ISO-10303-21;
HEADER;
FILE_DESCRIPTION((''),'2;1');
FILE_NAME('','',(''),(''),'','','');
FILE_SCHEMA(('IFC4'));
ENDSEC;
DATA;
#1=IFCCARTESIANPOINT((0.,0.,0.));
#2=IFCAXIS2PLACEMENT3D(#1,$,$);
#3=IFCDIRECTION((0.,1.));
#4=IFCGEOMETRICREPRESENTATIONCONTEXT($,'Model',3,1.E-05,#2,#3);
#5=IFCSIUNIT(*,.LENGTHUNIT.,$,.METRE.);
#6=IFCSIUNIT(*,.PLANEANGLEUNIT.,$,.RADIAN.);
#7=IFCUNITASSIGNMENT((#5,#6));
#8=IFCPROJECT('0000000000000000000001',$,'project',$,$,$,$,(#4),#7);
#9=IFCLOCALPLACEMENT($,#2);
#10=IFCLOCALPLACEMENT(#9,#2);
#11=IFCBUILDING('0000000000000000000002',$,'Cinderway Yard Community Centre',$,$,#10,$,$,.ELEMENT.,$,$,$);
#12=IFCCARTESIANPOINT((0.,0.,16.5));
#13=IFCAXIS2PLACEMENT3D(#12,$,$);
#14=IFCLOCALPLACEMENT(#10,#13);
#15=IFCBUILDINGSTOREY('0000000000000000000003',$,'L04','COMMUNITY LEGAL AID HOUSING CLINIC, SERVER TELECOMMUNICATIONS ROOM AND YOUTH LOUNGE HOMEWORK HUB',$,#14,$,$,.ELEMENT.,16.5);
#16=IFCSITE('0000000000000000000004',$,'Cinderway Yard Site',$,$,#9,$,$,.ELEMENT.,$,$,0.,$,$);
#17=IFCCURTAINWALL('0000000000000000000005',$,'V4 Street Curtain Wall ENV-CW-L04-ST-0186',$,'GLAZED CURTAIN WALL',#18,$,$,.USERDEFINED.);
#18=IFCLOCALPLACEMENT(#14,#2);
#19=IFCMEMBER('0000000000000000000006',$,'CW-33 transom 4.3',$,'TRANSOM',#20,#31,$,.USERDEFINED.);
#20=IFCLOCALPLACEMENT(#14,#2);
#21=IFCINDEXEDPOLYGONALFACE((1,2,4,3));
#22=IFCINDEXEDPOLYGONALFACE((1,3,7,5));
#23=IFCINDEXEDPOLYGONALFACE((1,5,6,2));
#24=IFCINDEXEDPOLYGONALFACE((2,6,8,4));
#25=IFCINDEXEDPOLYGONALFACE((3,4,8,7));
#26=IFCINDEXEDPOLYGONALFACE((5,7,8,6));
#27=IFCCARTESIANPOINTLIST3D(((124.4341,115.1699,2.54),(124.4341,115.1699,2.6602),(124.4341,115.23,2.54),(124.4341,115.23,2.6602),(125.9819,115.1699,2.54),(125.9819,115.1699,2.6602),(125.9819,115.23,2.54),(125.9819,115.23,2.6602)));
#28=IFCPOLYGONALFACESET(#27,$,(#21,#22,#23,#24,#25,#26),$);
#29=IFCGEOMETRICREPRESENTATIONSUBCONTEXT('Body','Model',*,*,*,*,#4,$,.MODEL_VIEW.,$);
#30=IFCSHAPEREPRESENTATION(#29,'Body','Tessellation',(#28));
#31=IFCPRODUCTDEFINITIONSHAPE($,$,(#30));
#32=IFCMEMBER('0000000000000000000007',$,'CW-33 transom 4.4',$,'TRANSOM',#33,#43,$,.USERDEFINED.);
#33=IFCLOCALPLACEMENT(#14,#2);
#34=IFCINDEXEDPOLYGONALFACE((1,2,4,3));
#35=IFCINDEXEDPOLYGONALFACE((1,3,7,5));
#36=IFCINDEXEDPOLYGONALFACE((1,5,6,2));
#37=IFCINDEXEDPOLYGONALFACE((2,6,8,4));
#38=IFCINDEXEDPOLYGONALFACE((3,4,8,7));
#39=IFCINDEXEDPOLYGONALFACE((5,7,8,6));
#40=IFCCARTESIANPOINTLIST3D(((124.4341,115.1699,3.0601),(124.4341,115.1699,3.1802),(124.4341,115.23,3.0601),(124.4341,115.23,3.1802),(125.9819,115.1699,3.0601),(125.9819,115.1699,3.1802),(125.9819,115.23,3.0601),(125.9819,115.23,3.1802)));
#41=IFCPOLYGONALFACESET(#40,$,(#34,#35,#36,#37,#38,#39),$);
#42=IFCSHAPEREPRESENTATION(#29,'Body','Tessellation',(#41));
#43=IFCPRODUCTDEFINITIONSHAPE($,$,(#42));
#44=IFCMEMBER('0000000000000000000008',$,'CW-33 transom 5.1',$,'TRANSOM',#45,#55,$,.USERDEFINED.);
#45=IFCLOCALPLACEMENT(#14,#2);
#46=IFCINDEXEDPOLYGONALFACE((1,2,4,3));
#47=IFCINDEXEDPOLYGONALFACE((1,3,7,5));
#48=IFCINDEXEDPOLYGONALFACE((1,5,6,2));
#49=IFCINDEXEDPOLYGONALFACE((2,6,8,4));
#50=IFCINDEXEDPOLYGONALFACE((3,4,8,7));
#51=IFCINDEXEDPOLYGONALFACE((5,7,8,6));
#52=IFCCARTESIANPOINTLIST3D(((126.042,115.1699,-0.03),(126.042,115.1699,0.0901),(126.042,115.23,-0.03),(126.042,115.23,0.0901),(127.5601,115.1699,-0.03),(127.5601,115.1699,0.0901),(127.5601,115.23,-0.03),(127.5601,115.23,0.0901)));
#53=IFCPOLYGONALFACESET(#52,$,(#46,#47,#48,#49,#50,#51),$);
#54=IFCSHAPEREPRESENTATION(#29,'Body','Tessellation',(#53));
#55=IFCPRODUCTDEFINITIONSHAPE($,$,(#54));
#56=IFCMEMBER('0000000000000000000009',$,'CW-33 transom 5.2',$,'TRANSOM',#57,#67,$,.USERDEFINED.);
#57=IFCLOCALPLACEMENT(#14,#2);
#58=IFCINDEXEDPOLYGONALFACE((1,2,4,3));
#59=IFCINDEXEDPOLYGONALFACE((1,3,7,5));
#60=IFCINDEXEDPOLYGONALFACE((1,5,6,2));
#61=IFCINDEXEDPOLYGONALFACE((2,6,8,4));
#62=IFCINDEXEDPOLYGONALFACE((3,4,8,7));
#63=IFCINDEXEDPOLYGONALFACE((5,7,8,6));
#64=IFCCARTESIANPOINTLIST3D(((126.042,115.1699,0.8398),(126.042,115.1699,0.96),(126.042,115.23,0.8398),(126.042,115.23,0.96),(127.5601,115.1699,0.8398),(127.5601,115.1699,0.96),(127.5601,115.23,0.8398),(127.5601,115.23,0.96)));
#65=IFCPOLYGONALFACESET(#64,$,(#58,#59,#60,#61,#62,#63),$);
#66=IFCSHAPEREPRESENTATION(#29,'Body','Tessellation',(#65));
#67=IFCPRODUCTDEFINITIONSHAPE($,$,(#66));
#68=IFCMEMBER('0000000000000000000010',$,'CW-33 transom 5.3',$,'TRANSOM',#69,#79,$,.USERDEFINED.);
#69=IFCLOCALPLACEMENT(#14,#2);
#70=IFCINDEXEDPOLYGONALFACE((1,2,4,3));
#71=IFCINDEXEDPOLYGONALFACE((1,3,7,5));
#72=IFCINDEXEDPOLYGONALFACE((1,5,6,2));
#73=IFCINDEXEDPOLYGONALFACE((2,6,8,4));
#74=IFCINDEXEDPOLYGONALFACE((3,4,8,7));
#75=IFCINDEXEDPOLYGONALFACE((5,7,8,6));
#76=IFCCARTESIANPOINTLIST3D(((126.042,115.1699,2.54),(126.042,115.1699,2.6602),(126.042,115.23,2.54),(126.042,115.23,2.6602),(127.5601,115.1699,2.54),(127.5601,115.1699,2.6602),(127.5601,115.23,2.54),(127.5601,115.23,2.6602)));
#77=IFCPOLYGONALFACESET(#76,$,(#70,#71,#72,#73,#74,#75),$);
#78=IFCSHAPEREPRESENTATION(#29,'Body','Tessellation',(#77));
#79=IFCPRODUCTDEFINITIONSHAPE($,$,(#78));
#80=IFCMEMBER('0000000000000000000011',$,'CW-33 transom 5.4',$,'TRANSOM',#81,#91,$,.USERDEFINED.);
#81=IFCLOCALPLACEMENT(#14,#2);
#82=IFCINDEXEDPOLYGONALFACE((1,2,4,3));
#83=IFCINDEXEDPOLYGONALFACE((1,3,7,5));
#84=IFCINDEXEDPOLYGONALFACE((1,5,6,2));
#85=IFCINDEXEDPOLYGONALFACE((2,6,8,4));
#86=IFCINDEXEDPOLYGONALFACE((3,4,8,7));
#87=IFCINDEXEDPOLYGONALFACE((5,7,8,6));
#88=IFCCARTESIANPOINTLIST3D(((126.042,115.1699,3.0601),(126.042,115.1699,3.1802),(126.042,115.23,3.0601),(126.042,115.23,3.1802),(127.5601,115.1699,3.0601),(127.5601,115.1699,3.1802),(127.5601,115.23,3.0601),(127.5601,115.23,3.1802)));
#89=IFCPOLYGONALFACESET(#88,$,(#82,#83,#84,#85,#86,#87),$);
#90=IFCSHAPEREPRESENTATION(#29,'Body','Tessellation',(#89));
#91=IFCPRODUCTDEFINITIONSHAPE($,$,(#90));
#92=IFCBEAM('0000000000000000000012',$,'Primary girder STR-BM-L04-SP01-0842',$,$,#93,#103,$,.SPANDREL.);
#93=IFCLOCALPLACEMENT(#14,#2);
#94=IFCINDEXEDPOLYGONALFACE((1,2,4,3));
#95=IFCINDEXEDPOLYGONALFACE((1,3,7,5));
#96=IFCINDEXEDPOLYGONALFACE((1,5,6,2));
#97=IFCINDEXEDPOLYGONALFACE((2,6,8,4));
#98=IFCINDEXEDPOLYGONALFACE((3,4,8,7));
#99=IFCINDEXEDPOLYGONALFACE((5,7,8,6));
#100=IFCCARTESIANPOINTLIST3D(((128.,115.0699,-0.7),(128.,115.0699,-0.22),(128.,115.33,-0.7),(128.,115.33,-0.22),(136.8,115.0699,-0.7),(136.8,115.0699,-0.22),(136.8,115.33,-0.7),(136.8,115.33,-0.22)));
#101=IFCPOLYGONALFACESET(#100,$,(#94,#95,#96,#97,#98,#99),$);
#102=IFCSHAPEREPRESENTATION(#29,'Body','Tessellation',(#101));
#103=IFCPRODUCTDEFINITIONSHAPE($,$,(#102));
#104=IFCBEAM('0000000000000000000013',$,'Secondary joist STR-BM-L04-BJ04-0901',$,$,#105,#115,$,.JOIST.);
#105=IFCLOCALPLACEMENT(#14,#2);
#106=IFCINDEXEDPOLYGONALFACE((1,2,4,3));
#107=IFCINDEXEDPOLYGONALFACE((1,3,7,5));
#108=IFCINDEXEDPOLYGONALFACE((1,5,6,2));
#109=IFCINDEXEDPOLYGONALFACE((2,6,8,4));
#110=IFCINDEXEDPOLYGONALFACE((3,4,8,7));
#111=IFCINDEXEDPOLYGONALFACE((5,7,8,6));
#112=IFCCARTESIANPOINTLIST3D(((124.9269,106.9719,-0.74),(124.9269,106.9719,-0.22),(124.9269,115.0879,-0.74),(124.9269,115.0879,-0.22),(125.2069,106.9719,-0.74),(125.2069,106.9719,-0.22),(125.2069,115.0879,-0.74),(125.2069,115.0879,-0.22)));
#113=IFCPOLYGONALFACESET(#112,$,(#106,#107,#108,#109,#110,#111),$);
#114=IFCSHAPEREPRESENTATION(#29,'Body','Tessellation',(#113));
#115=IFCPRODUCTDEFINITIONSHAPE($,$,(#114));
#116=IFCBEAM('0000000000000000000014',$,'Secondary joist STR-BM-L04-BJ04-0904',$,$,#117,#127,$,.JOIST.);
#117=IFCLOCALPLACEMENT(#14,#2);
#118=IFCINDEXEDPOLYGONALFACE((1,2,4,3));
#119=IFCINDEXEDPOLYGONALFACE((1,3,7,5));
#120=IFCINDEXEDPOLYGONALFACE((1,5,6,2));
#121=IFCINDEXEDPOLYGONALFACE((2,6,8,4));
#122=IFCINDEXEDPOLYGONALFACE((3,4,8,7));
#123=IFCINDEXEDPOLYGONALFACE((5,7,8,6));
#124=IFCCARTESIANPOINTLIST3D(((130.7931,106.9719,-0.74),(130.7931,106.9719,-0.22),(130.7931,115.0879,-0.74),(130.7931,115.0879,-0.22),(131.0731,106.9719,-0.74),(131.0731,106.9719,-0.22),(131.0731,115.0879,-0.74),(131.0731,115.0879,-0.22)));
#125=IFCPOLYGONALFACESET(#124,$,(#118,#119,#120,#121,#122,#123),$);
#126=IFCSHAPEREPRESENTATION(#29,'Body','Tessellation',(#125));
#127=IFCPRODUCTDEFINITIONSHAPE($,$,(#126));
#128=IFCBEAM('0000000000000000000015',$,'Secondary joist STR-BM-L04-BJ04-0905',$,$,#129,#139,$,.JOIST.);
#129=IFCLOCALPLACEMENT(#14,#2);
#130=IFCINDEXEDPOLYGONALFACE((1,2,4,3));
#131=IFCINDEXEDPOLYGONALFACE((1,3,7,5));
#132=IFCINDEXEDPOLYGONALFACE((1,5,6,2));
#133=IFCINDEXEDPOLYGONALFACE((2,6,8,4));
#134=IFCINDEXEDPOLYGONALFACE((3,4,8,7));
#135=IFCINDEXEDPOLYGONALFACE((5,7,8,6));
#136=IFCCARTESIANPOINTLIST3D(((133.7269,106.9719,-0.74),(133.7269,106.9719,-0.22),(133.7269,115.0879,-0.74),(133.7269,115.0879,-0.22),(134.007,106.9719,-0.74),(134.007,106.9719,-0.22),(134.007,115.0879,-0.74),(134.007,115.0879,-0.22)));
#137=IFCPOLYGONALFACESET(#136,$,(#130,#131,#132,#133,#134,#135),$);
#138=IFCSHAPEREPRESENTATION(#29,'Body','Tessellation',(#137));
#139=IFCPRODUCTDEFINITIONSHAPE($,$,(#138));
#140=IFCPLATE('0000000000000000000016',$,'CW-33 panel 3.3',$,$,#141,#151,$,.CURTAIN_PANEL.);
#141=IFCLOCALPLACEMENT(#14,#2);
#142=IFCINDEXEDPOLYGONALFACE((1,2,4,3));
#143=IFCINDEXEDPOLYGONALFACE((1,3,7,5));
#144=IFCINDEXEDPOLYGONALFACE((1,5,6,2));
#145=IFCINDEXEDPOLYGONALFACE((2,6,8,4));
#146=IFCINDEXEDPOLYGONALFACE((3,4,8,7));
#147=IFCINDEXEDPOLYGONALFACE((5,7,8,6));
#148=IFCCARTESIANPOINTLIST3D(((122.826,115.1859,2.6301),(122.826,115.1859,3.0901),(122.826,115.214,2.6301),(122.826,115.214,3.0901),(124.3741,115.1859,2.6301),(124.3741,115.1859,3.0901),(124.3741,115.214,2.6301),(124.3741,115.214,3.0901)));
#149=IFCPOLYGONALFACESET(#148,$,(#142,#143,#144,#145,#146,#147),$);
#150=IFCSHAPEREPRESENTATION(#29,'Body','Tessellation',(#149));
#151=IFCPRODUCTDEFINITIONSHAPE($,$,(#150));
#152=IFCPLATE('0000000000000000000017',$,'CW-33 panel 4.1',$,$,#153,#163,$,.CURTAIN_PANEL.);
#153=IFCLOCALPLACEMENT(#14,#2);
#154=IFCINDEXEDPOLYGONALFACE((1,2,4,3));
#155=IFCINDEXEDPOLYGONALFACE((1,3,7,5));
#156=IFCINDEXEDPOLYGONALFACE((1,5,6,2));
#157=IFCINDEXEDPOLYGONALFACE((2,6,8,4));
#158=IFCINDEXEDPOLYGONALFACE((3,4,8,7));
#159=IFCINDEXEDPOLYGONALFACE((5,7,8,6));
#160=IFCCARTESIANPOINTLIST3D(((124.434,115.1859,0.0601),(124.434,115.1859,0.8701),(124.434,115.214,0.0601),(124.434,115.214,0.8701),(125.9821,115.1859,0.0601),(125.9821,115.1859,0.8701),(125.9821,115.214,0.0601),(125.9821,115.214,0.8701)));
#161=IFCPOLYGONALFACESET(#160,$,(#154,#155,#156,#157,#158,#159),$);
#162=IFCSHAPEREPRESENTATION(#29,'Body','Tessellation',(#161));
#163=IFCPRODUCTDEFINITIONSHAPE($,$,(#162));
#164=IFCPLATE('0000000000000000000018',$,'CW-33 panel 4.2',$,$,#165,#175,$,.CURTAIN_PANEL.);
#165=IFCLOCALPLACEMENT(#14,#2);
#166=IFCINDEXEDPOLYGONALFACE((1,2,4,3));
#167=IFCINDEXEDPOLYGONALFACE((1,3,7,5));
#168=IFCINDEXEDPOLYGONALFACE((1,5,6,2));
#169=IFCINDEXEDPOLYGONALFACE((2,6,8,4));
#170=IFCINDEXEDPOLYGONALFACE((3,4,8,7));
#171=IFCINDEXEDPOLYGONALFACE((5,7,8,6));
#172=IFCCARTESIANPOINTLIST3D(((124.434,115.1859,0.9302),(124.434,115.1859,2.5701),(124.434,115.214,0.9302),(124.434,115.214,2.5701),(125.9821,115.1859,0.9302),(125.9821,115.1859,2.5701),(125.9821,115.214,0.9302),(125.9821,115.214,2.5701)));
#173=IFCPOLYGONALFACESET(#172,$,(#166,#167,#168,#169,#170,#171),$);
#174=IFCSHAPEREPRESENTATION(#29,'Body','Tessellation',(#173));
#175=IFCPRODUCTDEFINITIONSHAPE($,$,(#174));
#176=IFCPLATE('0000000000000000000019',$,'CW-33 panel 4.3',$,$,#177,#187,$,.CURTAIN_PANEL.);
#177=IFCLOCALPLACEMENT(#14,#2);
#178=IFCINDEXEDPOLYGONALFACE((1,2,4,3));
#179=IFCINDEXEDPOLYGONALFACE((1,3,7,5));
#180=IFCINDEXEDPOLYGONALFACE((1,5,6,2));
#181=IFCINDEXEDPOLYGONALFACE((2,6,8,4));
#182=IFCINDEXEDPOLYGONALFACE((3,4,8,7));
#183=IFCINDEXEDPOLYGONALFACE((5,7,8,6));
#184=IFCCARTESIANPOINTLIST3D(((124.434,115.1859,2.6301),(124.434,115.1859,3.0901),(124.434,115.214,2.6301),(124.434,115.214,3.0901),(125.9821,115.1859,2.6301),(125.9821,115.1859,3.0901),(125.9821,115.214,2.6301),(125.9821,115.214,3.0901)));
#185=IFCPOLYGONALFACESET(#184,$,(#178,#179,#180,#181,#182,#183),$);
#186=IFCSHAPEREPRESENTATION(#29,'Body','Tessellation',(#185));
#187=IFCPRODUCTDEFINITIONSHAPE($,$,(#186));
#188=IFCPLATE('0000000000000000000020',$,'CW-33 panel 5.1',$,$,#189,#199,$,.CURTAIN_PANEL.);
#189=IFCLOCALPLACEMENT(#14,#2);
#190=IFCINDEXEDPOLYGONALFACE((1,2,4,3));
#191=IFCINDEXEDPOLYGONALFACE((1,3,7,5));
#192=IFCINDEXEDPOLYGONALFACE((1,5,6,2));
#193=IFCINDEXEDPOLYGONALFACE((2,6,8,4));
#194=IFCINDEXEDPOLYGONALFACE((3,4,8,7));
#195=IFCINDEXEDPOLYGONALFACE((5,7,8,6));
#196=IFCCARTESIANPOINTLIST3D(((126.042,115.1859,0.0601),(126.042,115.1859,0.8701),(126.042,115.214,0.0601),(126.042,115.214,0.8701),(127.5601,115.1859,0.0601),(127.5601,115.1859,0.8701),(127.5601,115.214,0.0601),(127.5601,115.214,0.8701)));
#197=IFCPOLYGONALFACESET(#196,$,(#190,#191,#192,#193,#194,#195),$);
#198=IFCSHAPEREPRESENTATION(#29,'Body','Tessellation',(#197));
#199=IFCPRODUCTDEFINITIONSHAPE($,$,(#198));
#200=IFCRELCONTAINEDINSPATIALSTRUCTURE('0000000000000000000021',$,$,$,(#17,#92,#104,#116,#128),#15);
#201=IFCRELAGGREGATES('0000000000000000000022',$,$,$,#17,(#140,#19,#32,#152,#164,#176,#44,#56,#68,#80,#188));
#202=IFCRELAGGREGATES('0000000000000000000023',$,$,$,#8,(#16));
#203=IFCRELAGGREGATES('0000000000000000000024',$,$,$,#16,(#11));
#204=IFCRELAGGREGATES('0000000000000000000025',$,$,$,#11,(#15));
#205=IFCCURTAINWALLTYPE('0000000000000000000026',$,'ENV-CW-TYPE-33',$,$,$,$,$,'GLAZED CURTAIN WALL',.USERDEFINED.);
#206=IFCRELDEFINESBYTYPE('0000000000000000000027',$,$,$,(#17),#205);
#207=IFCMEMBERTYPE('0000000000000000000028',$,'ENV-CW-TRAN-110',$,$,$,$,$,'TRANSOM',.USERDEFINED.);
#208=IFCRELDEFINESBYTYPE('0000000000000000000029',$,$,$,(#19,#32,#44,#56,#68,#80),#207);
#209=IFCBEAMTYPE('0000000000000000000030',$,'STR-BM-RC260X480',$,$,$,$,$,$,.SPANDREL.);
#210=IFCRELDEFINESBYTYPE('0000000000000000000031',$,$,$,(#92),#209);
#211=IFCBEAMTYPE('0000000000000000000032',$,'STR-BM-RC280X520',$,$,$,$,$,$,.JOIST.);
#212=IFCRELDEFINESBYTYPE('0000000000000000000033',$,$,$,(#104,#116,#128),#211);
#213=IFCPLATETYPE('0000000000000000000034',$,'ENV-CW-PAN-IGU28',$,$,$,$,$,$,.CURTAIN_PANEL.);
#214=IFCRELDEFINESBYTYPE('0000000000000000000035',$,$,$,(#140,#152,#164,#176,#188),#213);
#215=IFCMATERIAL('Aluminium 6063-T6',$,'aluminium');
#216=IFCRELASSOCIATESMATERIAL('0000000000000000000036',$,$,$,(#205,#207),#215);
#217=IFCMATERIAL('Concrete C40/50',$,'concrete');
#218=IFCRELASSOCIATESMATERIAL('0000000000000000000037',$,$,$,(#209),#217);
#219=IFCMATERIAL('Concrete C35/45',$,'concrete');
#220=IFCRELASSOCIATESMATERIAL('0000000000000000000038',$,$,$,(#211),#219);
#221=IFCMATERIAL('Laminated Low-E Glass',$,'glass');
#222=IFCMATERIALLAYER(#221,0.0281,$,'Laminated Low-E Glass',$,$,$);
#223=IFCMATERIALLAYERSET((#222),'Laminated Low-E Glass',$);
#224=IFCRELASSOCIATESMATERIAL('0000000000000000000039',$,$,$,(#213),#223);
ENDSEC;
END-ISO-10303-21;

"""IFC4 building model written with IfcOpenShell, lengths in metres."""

from ifc_helpers import new_model, si_unit, direction, frame, origin, origin_2d, place, context, subcontext, project, spatial, rectangle, extrude, material, layer, layer_set, material_profile, profile_set, type_object, element, aggregate, save


model = new_model("IFC4")

# Units and contexts
model_context = context("Model", 3, precision=1e-05, world=origin(), true_north=direction((0.0, 1.0)))
body_context = subcontext(model_context, "Body", "Model", "MODEL_VIEW")
ifc_project = project(units=[si_unit("LENGTHUNIT", "METRE"), si_unit("PLANEANGLEUNIT", "RADIAN")], contexts=[model_context])

# Site, building, storey
site_placement = place(None, origin())
site = spatial("IfcSite", under=ifc_project, at=site_placement, Name="Cinderway Yard Site", CompositionType="ELEMENT", RefElevation=0.0)
building_placement = place(site_placement, origin())
building = spatial("IfcBuilding", under=site, at=building_placement, Name="Cinderway Yard Community Centre", CompositionType="ELEMENT")
storey_placement = place(building_placement, frame((0.0, 0.0, 16.5)))
storey = spatial("IfcBuildingStorey", under=building, at=storey_placement, Name="L04", Description="COMMUNITY LEGAL AID HOUSING CLINIC, SERVER TELECOMMUNICATIONS ROOM AND YOUTH LOUNGE HOMEWORK HUB", CompositionType="ELEMENT", Elevation=16.5)

# Shared definitions
ifc_material_1 = material(Name="Concrete C40/50", Category="concrete")

# Curtain wall, members
ifc_material_2 = material(Name="Aluminium 6063-T6", Category="aluminium")
curtain_wall_type = type_object("IfcCurtainWallType", Name="ENV-CW-TYPE-33", ElementType="GLAZED CURTAIN WALL", PredefinedType="USERDEFINED", material=ifc_material_2)
curtain_wall_placement = place(storey_placement, origin())
curtain_wall = element("IfcCurtainWall", 1, at=curtain_wall_placement, inside=storey, type_object=curtain_wall_type, Name="V4 Street Curtain Wall ENV-CW-L04-ST-0186", ObjectType="GLAZED CURTAIN WALL", PredefinedType="USERDEFINED")
ifc_material_profile_1 = material_profile(ifc_material_2, rectangle(XDim=0.0601, YDim=0.1201, at=origin_2d()), Name="Aluminium 6063-T6")
ifc_profile_set_1 = profile_set([ifc_material_profile_1], Name="Aluminium 6063-T6")
member_type_1 = type_object("IfcMemberType", Name="ENV-CW-TRAN-110", ElementType="TRANSOM", PredefinedType="USERDEFINED", material=ifc_profile_set_1)
member_1_placement = place(storey_placement, frame((124.4341, 115.2, 2.6001), z_axis=(1.0, 0.0, 0.0), x_axis=(0.0, 1.0, 0.0)))
member_1 = element("IfcMember", 2, at=member_1_placement, type_object=member_type_1, Name="CW-33 transom 4.3", ObjectType="TRANSOM", PredefinedType="USERDEFINED", context=body_context, shape_type="SweptSolid", body=[
    extrude(rectangle(XDim=0.0601, YDim=0.1201, at=origin_2d()), origin(), (0.0, 0.0, 1.0), 1.5479),
])
member_2_placement = place(storey_placement, frame((124.4341, 115.2, 3.1201), z_axis=(1.0, 0.0, 0.0), x_axis=(0.0, 1.0, 0.0)))
member_2 = element("IfcMember", 3, at=member_2_placement, type_object=member_type_1, Name="CW-33 transom 4.4", ObjectType="TRANSOM", PredefinedType="USERDEFINED", context=body_context, shape_type="SweptSolid", body=[
    extrude(rectangle(XDim=0.0601, YDim=0.1201, at=origin_2d()), origin(), (0.0, 0.0, 1.0), 1.5479),
])
member_3_placement = place(storey_placement, frame((126.042, 115.2, 0.03), z_axis=(1.0, 0.0, 0.0), x_axis=(0.0, 1.0, 0.0)))
member_3 = element("IfcMember", 4, at=member_3_placement, type_object=member_type_1, Name="CW-33 transom 5.1", ObjectType="TRANSOM", PredefinedType="USERDEFINED", context=body_context, shape_type="SweptSolid", body=[
    extrude(rectangle(XDim=0.0601, YDim=0.1201, at=origin_2d()), origin(), (0.0, 0.0, 1.0), 1.5181),
])
member_4_placement = place(storey_placement, frame((126.042, 115.2, 0.8999), z_axis=(1.0, 0.0, 0.0), x_axis=(0.0, 1.0, 0.0)))
member_4 = element("IfcMember", 5, at=member_4_placement, type_object=member_type_1, Name="CW-33 transom 5.2", ObjectType="TRANSOM", PredefinedType="USERDEFINED", context=body_context, shape_type="SweptSolid", body=[
    extrude(rectangle(XDim=0.0601, YDim=0.1201, at=origin_2d()), origin(), (0.0, 0.0, 1.0), 1.5181),
])
member_5_placement = place(storey_placement, frame((126.042, 115.2, 2.6001), z_axis=(1.0, 0.0, 0.0), x_axis=(0.0, 1.0, 0.0)))
member_5 = element("IfcMember", 6, at=member_5_placement, type_object=member_type_1, Name="CW-33 transom 5.3", ObjectType="TRANSOM", PredefinedType="USERDEFINED", context=body_context, shape_type="SweptSolid", body=[
    extrude(rectangle(XDim=0.0601, YDim=0.1201, at=origin_2d()), origin(), (0.0, 0.0, 1.0), 1.5181),
])
member_6_placement = place(storey_placement, frame((126.042, 115.2, 3.1201), z_axis=(1.0, 0.0, 0.0), x_axis=(0.0, 1.0, 0.0)))
member_6 = element("IfcMember", 7, at=member_6_placement, type_object=member_type_1, Name="CW-33 transom 5.4", ObjectType="TRANSOM", PredefinedType="USERDEFINED", context=body_context, shape_type="SweptSolid", body=[
    extrude(rectangle(XDim=0.0601, YDim=0.1201, at=origin_2d()), origin(), (0.0, 0.0, 1.0), 1.5181),
])

# Beams
ifc_material_profile_2 = material_profile(ifc_material_1, rectangle(XDim=0.26, YDim=0.48, at=origin_2d()), Name="Concrete C40/50")
ifc_profile_set_2 = profile_set([ifc_material_profile_2], Name="Concrete C40/50")
beam_type_1 = type_object("IfcBeamType", Name="STR-BM-RC260X480", PredefinedType="SPANDREL", material=ifc_profile_set_2)
beam_placement = place(storey_placement, frame((128.0, 115.2, -0.46), z_axis=(1.0, 0.0, 0.0), x_axis=(0.0, 1.0, 0.0)))
element("IfcBeam", 8, at=beam_placement, inside=storey, type_object=beam_type_1, Name="Primary girder STR-BM-L04-SP01-0842", PredefinedType="SPANDREL", context=body_context, shape_type="SweptSolid", body=[
    extrude(rectangle(XDim=0.26, YDim=0.48, at=origin_2d()), origin(), (0.0, 0.0, 1.0), 8.8),
])
ifc_material_3 = material(Name="Concrete C35/45", Category="concrete")
ifc_material_profile_3 = material_profile(ifc_material_3, rectangle(XDim=0.28, YDim=0.52, at=origin_2d()), Name="Concrete C35/45")
ifc_profile_set_3 = profile_set([ifc_material_profile_3], Name="Concrete C35/45")
beam_type_2 = type_object("IfcBeamType", Name="STR-BM-RC280X520", PredefinedType="JOIST", material=ifc_profile_set_3)
for number, where, z_axis, x_axis, name in (
    (9, (125.0669, 106.9719, -0.48), (0.0, 1.0, 0.0), (-1.0, 0.0, 0.0), "Secondary joist STR-BM-L04-BJ04-0901"),
    (10, (130.9331, 106.9719, -0.48), (0.0, 1.0, 0.0), (-1.0, 0.0, 0.0), "Secondary joist STR-BM-L04-BJ04-0904"),
    (11, (133.8669, 106.9719, -0.48), (0.0, 1.0, 0.0), (-1.0, 0.0, 0.0), "Secondary joist STR-BM-L04-BJ04-0905"),
):
    element("IfcBeam", number, at=place(storey_placement, frame(where, z_axis=z_axis, x_axis=x_axis)), inside=storey, type_object=beam_type_2, Name=name, PredefinedType="JOIST", context=body_context, shape_type="SweptSolid", body=[
        extrude(rectangle(XDim=0.28, YDim=0.52, at=origin_2d()), origin(), (0.0, 0.0, 1.0), 8.116),
    ])

# Plates
ifc_material_4 = material(Name="Laminated Low-E Glass", Category="glass")
ifc_layer_1 = layer(ifc_material_4, 0.0281, Name="Laminated Low-E Glass")
ifc_layer_set_1 = layer_set([ifc_layer_1], Name="Laminated Low-E Glass")
plate_type_1 = type_object("IfcPlateType", Name="ENV-CW-PAN-IGU28", PredefinedType="CURTAIN_PANEL", material=ifc_layer_set_1)
plate_1_placement = place(storey_placement, frame((123.6001, 115.2, 2.6301), z_axis=(0.0, 0.0, 1.0), x_axis=(1.0, 0.0, 0.0)))
plate_1 = element("IfcPlate", 12, at=plate_1_placement, type_object=plate_type_1, Name="CW-33 panel 3.3", PredefinedType="CURTAIN_PANEL", context=body_context, shape_type="SweptSolid", body=[
    extrude(rectangle(XDim=1.5481, YDim=0.0281, at=origin_2d()), origin(), (0.0, 0.0, 1.0), 0.46),
])
plate_2_placement = place(storey_placement, frame((125.208, 115.2, 0.0601), z_axis=(0.0, 0.0, 1.0), x_axis=(1.0, 0.0, 0.0)))
plate_2 = element("IfcPlate", 13, at=plate_2_placement, type_object=plate_type_1, Name="CW-33 panel 4.1", PredefinedType="CURTAIN_PANEL", context=body_context, shape_type="SweptSolid", body=[
    extrude(rectangle(XDim=1.5481, YDim=0.0281, at=origin_2d()), origin(), (0.0, 0.0, 1.0), 0.8101),
])
plate_3_placement = place(storey_placement, frame((125.208, 115.2, 0.9302), z_axis=(0.0, 0.0, 1.0), x_axis=(1.0, 0.0, 0.0)))
plate_3 = element("IfcPlate", 14, at=plate_3_placement, type_object=plate_type_1, Name="CW-33 panel 4.2", PredefinedType="CURTAIN_PANEL", context=body_context, shape_type="SweptSolid", body=[
    extrude(rectangle(XDim=1.5481, YDim=0.0281, at=origin_2d()), origin(), (0.0, 0.0, 1.0), 1.6399),
])
plate_4_placement = place(storey_placement, frame((125.208, 115.2, 2.6301), z_axis=(0.0, 0.0, 1.0), x_axis=(1.0, 0.0, 0.0)))
plate_4 = element("IfcPlate", 15, at=plate_4_placement, type_object=plate_type_1, Name="CW-33 panel 4.3", PredefinedType="CURTAIN_PANEL", context=body_context, shape_type="SweptSolid", body=[
    extrude(rectangle(XDim=1.5481, YDim=0.0281, at=origin_2d()), origin(), (0.0, 0.0, 1.0), 0.46),
])
plate_5_placement = place(storey_placement, frame((126.801, 115.2, 0.0601), z_axis=(0.0, 0.0, 1.0), x_axis=(1.0, 0.0, 0.0)))
plate_5 = element("IfcPlate", 16, at=plate_5_placement, type_object=plate_type_1, Name="CW-33 panel 5.1", PredefinedType="CURTAIN_PANEL", context=body_context, shape_type="SweptSolid", body=[
    extrude(rectangle(XDim=1.5181, YDim=0.0281, at=origin_2d()), origin(), (0.0, 0.0, 1.0), 0.8101),
])
aggregate(curtain_wall, [plate_1, member_1, member_2, plate_2, plate_3, plate_4, member_3, member_4, member_5, member_6, plate_5])

save(model, "model.ifc")
